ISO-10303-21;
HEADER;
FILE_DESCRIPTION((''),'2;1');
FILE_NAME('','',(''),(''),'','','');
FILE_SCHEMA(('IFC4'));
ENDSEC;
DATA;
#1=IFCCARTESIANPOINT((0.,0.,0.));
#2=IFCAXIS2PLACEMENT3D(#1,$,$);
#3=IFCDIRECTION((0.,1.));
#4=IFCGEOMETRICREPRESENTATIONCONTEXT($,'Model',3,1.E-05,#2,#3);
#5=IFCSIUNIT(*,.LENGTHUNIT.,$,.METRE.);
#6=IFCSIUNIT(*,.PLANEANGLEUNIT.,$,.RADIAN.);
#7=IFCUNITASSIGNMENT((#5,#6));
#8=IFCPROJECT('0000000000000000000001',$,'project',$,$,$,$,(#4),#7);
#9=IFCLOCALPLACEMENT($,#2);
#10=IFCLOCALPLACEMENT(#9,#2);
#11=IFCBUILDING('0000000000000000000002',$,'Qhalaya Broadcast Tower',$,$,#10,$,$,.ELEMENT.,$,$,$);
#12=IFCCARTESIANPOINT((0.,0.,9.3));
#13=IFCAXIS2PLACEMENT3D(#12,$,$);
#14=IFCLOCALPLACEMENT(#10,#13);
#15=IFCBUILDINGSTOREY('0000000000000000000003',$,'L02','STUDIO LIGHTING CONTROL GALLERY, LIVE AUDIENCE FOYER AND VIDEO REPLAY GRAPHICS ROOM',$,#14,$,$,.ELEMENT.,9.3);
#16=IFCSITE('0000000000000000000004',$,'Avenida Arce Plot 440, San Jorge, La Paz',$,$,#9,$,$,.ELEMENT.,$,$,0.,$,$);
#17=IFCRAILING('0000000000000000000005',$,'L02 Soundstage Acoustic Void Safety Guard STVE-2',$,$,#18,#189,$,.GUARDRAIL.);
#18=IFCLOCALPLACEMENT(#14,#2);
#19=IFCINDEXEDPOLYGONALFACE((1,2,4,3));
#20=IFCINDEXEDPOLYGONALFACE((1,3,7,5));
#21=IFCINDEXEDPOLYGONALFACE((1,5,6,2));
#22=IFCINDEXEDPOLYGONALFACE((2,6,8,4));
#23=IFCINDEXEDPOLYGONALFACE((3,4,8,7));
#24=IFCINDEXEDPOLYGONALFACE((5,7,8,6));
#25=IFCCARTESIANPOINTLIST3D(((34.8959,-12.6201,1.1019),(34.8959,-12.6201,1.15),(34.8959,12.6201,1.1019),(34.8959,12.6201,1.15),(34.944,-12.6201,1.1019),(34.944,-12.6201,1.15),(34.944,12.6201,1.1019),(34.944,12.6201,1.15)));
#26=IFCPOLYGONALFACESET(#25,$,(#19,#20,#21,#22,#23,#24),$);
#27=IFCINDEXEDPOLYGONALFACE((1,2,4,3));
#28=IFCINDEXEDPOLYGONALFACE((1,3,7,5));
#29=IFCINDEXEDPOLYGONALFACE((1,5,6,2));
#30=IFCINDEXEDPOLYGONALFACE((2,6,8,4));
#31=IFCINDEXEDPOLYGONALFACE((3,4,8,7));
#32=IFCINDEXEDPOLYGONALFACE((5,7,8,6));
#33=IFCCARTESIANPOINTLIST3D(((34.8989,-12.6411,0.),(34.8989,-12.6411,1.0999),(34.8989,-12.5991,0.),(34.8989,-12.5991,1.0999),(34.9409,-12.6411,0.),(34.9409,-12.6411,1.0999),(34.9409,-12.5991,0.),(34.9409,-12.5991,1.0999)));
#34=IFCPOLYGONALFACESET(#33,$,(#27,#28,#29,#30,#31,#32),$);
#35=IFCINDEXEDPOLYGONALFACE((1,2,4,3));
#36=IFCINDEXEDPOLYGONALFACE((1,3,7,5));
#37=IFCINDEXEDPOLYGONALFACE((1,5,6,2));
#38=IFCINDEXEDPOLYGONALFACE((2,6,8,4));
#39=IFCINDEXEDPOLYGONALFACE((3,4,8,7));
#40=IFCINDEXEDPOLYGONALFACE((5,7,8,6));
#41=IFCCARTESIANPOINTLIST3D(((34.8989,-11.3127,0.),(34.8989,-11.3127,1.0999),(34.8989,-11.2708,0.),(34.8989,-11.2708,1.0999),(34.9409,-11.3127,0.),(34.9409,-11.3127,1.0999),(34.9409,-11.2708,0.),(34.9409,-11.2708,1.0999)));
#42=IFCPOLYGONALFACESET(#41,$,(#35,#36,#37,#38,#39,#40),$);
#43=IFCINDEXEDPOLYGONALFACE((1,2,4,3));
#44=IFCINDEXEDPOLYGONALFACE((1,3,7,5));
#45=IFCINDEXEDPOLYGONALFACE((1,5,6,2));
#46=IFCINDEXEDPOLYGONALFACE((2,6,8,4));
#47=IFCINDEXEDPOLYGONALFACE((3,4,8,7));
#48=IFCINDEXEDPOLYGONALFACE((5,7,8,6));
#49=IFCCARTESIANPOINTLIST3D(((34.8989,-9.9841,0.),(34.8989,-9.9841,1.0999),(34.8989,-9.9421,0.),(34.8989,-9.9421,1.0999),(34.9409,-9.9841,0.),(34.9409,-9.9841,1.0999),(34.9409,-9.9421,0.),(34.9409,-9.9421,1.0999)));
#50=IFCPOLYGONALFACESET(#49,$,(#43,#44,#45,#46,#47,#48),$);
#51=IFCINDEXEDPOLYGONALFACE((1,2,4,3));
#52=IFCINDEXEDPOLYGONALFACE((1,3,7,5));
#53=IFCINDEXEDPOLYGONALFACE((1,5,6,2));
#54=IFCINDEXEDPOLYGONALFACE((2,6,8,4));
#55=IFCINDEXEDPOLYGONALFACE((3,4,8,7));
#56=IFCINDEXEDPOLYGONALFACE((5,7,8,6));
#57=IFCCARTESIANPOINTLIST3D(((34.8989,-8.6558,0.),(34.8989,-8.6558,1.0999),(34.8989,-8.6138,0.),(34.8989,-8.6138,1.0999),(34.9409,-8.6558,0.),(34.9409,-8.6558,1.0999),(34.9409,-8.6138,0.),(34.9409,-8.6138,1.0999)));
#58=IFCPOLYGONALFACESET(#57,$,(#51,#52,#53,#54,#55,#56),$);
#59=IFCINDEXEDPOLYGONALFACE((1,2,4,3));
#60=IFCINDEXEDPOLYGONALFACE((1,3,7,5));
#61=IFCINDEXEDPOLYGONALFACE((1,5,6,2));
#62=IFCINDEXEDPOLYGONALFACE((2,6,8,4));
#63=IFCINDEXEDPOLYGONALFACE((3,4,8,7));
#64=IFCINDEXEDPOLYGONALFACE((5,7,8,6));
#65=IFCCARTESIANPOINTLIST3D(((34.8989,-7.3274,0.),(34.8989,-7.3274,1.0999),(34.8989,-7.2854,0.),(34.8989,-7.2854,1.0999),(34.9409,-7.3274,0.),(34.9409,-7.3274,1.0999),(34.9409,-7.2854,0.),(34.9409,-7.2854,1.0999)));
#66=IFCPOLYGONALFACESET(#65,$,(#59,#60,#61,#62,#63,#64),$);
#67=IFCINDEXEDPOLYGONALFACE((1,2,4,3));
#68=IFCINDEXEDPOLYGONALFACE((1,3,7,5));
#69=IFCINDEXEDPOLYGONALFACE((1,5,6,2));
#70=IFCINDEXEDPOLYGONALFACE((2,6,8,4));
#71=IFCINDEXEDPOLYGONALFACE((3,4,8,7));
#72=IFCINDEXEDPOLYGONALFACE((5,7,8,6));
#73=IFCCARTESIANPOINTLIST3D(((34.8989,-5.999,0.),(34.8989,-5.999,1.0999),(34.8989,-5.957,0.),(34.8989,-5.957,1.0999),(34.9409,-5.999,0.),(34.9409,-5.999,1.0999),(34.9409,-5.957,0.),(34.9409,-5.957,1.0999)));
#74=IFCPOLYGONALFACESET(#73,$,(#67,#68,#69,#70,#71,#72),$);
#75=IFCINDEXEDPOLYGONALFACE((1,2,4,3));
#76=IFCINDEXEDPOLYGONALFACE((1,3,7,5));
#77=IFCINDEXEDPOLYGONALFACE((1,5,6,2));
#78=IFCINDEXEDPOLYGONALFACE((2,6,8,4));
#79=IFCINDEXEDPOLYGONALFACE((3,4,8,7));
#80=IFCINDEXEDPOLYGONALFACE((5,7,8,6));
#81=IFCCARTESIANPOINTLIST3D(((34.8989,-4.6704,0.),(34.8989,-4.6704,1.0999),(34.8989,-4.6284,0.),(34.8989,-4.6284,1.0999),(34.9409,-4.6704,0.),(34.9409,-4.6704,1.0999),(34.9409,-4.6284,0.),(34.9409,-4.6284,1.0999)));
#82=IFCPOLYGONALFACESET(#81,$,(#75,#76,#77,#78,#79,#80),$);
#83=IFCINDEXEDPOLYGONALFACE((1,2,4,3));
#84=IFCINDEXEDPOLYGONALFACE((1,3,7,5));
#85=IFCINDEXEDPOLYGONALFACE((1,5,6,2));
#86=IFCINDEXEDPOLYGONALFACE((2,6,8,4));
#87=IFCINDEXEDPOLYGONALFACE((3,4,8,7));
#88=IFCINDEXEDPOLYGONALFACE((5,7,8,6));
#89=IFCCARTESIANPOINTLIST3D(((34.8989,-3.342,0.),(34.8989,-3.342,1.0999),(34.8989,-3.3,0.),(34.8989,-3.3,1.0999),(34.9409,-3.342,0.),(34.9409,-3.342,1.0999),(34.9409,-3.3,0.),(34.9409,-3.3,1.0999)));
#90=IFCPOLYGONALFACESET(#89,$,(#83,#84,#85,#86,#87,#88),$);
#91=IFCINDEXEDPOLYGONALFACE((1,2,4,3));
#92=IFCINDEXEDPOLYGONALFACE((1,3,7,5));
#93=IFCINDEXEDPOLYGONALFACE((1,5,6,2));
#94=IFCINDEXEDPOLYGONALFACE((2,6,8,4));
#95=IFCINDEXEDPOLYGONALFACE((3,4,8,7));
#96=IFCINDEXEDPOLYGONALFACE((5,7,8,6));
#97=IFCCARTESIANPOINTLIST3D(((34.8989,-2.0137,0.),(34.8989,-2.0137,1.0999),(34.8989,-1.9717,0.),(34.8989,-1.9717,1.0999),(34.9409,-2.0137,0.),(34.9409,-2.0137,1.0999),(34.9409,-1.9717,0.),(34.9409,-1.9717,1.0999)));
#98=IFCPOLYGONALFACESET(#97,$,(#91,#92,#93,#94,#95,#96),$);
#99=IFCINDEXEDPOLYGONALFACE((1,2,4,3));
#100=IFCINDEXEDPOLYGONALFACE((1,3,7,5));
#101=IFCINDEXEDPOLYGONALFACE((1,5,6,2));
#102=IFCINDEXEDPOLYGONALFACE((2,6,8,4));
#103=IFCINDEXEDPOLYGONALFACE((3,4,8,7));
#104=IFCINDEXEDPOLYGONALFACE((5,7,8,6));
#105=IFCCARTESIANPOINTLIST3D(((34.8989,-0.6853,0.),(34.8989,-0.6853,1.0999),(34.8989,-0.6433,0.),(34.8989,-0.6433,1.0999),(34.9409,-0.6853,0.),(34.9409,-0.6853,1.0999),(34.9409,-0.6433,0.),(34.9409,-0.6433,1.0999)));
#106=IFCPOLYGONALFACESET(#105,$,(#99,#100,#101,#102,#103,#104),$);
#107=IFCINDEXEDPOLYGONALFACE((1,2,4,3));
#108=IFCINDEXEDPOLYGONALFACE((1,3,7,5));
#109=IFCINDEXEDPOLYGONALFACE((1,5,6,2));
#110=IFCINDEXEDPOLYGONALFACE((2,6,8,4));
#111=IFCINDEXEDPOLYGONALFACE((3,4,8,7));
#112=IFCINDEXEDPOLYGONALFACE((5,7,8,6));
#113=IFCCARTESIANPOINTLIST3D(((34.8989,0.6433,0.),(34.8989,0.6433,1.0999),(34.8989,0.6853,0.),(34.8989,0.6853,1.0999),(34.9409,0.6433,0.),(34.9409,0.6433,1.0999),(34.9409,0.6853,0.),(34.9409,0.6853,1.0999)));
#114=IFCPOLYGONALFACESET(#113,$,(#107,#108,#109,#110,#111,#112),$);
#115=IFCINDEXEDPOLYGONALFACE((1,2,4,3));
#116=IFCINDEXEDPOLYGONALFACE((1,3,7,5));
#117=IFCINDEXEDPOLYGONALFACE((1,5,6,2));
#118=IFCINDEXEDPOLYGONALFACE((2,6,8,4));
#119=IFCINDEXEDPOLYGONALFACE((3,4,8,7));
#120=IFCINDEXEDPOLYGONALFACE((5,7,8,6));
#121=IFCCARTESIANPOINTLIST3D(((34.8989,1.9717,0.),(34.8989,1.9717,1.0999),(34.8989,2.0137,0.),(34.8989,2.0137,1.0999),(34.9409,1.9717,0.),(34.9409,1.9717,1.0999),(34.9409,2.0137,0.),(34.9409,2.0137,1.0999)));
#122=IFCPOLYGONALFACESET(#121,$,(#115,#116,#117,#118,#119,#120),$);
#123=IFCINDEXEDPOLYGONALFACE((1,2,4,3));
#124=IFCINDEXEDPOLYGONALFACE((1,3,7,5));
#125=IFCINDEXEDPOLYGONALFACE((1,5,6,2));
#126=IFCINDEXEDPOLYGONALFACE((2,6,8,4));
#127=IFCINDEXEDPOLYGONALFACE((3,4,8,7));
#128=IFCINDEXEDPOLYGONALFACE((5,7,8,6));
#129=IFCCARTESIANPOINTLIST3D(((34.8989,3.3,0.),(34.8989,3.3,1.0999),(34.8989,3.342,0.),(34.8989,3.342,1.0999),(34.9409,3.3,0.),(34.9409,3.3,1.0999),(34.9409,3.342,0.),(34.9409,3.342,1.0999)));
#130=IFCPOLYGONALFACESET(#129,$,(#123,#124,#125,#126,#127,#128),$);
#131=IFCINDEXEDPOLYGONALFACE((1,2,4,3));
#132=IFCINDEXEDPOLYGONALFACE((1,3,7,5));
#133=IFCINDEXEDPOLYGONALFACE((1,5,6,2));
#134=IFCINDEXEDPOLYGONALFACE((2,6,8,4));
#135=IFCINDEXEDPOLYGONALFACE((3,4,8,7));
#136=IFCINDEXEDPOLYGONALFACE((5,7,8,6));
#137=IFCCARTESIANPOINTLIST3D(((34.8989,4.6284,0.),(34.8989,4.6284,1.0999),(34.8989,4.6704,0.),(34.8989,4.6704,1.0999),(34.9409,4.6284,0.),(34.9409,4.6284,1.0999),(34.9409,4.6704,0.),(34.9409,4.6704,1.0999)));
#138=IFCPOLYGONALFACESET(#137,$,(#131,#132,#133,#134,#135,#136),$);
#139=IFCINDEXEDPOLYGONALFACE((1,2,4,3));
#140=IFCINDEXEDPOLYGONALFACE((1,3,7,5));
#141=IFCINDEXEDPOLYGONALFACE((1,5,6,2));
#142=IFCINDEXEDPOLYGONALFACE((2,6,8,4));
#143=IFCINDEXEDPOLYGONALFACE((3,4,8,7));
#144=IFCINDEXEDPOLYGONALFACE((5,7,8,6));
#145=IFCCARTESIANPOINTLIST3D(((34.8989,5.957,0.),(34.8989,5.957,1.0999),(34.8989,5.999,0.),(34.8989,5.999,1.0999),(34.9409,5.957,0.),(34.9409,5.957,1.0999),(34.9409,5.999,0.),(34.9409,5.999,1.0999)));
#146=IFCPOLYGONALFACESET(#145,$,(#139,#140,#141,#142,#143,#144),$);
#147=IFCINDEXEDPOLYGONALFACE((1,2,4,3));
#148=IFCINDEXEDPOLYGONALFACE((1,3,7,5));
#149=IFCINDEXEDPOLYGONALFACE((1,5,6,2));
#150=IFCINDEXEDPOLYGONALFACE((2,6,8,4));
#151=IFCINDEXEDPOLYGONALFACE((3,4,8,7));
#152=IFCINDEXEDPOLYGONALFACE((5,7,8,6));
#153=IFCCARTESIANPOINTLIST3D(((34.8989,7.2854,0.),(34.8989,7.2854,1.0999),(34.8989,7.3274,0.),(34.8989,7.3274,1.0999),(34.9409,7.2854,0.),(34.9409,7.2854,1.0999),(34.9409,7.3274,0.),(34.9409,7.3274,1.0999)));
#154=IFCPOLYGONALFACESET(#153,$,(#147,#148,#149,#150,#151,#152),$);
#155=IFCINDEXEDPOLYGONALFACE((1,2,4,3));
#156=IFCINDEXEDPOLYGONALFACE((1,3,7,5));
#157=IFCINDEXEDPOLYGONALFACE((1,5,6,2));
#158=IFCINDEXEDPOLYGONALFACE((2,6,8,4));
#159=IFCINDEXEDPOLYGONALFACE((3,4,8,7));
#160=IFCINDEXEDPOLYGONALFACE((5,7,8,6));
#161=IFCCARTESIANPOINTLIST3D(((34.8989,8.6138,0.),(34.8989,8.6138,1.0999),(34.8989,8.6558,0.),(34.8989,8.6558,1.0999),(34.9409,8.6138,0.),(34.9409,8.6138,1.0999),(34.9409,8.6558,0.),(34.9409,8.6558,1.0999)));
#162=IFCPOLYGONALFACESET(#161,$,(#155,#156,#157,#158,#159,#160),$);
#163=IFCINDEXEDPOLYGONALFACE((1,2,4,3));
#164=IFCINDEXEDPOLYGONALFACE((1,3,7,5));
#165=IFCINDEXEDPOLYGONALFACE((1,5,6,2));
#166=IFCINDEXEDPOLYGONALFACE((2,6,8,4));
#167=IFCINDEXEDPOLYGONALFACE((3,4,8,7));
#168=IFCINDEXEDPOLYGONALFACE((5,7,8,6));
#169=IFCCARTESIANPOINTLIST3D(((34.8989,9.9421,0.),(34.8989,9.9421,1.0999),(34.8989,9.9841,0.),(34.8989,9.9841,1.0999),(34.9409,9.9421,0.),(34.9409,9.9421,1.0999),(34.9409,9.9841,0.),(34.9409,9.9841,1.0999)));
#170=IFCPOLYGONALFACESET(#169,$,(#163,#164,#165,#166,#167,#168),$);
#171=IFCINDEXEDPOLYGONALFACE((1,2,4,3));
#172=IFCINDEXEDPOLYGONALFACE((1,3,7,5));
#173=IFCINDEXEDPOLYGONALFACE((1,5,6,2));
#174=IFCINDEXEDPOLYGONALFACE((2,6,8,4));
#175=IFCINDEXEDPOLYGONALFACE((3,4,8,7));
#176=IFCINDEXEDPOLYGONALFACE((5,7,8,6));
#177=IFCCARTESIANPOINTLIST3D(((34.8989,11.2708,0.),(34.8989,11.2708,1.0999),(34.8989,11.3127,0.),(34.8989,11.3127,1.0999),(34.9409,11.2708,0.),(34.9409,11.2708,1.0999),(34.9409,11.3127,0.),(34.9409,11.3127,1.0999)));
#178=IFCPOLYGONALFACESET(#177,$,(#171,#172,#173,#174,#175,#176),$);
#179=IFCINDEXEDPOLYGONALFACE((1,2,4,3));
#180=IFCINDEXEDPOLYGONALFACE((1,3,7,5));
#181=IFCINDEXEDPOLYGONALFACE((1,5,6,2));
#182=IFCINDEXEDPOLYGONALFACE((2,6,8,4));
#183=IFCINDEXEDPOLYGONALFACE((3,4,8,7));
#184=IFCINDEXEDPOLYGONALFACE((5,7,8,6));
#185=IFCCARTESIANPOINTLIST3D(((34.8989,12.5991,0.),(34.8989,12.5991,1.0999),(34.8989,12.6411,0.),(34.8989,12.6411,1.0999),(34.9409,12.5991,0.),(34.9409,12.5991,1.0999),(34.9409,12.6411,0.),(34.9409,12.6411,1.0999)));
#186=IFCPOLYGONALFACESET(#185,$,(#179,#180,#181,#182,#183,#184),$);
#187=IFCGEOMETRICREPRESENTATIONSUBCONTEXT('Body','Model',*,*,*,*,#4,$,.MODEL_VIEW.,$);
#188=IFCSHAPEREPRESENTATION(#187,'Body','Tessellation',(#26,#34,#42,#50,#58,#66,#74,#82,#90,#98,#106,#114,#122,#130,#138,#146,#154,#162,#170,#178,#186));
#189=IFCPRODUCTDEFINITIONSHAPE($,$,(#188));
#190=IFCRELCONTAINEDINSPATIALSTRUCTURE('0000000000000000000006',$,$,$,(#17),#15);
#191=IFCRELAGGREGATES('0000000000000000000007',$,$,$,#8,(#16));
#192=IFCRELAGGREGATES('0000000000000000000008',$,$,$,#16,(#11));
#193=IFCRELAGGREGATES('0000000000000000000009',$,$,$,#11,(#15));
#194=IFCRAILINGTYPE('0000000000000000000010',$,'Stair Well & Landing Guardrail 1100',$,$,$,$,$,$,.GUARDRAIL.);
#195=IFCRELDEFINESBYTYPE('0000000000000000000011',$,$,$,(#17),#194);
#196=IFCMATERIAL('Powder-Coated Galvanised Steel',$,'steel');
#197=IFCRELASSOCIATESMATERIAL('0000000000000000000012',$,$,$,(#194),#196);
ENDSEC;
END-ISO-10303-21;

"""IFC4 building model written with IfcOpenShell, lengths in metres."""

from ifc_helpers import new_model, si_unit, direction, frame, origin, origin_2d, place, context, subcontext, project, spatial, rectangle, extrude, material, type_object, element, save


model = new_model("IFC4")

# Units and contexts
model_context = context("Model", 3, precision=1e-05, world=origin(), true_north=direction((0.0, 1.0)))
body_context = subcontext(model_context, "Body", "Model", "MODEL_VIEW")
ifc_project = project(units=[si_unit("LENGTHUNIT", "METRE"), si_unit("PLANEANGLEUNIT", "RADIAN")], contexts=[model_context])

# Site, building, storey
site_placement = place(None, origin())
site = spatial("IfcSite", under=ifc_project, at=site_placement, Name="Avenida Arce Plot 440, San Jorge, La Paz", CompositionType="ELEMENT", RefElevation=0.0)
building_placement = place(site_placement, origin())
building = spatial("IfcBuilding", under=site, at=building_placement, Name="Qhalaya Broadcast Tower", CompositionType="ELEMENT")
storey_placement = place(building_placement, frame((0.0, 0.0, 9.3)))
storey = spatial("IfcBuildingStorey", under=building, at=storey_placement, Name="L02", Description="STUDIO LIGHTING CONTROL GALLERY, LIVE AUDIENCE FOYER AND VIDEO REPLAY GRAPHICS ROOM", CompositionType="ELEMENT", Elevation=9.3)

# Railing
ifc_material_1 = material(Name="Powder-Coated Galvanised Steel", Category="steel")
railing_type = type_object("IfcRailingType", Name="Stair Well & Landing Guardrail 1100", PredefinedType="GUARDRAIL", material=ifc_material_1)
railing_1_placement = place(storey_placement, frame((34.9199, -12.6201, 0.0)))
element("IfcRailing", 1, at=railing_1_placement, inside=storey, type_object=railing_type, Name="L02 Soundstage Acoustic Void Safety Guard STVE-2", PredefinedType="GUARDRAIL", context=body_context, shape_type="SweptSolid", body=[
    extrude(rectangle(XDim=0.0481, YDim=0.0481, at=origin_2d()), frame((0.0, 0.0, 1.126), z_axis=(0.0, 1.0, 0.0), x_axis=(-1.0, 0.0, 0.0)), (0.0, 0.0, 1.0), 25.2402),
    extrude(rectangle(XDim=0.042, YDim=0.042, at=origin_2d()), origin(), (0.0, 0.0, 1.0), 1.0999),
    extrude(rectangle(XDim=0.042, YDim=0.042, at=origin_2d()), frame((0.0, 1.3284, 0.0)), (0.0, 0.0, 1.0), 1.0999),
    extrude(rectangle(XDim=0.042, YDim=0.042, at=origin_2d()), frame((0.0, 2.657, 0.0)), (0.0, 0.0, 1.0), 1.0999),
    extrude(rectangle(XDim=0.042, YDim=0.042, at=origin_2d()), frame((0.0, 3.9854, 0.0)), (0.0, 0.0, 1.0), 1.0999),
    extrude(rectangle(XDim=0.042, YDim=0.042, at=origin_2d()), frame((0.0, 5.3137, 0.0)), (0.0, 0.0, 1.0), 1.0999),
    extrude(rectangle(XDim=0.042, YDim=0.042, at=origin_2d()), frame((0.0, 6.6421, 0.0)), (0.0, 0.0, 1.0), 1.0999),
    extrude(rectangle(XDim=0.042, YDim=0.042, at=origin_2d()), frame((0.0, 7.9707, 0.0)), (0.0, 0.0, 1.0), 1.0999),
    extrude(rectangle(XDim=0.042, YDim=0.042, at=origin_2d()), frame((0.0, 9.2991, 0.0)), (0.0, 0.0, 1.0), 1.0999),
    extrude(rectangle(XDim=0.042, YDim=0.042, at=origin_2d()), frame((0.0, 10.6274, 0.0)), (0.0, 0.0, 1.0), 1.0999),
    extrude(rectangle(XDim=0.042, YDim=0.042, at=origin_2d()), frame((0.0, 11.9558, 0.0)), (0.0, 0.0, 1.0), 1.0999),
    extrude(rectangle(XDim=0.042, YDim=0.042, at=origin_2d()), frame((0.0, 13.2844, 0.0)), (0.0, 0.0, 1.0), 1.0999),
    extrude(rectangle(XDim=0.042, YDim=0.042, at=origin_2d()), frame((0.0, 14.6128, 0.0)), (0.0, 0.0, 1.0), 1.0999),
    extrude(rectangle(XDim=0.042, YDim=0.042, at=origin_2d()), frame((0.0, 15.9412, 0.0)), (0.0, 0.0, 1.0), 1.0999),
    extrude(rectangle(XDim=0.042, YDim=0.042, at=origin_2d()), frame((0.0, 17.2695, 0.0)), (0.0, 0.0, 1.0), 1.0999),
    extrude(rectangle(XDim=0.042, YDim=0.042, at=origin_2d()), frame((0.0, 18.5981, 0.0)), (0.0, 0.0, 1.0), 1.0999),
    extrude(rectangle(XDim=0.042, YDim=0.042, at=origin_2d()), frame((0.0, 19.9265, 0.0)), (0.0, 0.0, 1.0), 1.0999),
    extrude(rectangle(XDim=0.042, YDim=0.042, at=origin_2d()), frame((0.0, 21.2549, 0.0)), (0.0, 0.0, 1.0), 1.0999),
    extrude(rectangle(XDim=0.042, YDim=0.042, at=origin_2d()), frame((0.0, 22.5833, 0.0)), (0.0, 0.0, 1.0), 1.0999),
    extrude(rectangle(XDim=0.042, YDim=0.042, at=origin_2d()), frame((0.0, 23.9119, 0.0)), (0.0, 0.0, 1.0), 1.0999),
    extrude(rectangle(XDim=0.042, YDim=0.042, at=origin_2d()), frame((0.0, 25.2402, 0.0)), (0.0, 0.0, 1.0), 1.0999),
])

save(model, "model.ifc")
